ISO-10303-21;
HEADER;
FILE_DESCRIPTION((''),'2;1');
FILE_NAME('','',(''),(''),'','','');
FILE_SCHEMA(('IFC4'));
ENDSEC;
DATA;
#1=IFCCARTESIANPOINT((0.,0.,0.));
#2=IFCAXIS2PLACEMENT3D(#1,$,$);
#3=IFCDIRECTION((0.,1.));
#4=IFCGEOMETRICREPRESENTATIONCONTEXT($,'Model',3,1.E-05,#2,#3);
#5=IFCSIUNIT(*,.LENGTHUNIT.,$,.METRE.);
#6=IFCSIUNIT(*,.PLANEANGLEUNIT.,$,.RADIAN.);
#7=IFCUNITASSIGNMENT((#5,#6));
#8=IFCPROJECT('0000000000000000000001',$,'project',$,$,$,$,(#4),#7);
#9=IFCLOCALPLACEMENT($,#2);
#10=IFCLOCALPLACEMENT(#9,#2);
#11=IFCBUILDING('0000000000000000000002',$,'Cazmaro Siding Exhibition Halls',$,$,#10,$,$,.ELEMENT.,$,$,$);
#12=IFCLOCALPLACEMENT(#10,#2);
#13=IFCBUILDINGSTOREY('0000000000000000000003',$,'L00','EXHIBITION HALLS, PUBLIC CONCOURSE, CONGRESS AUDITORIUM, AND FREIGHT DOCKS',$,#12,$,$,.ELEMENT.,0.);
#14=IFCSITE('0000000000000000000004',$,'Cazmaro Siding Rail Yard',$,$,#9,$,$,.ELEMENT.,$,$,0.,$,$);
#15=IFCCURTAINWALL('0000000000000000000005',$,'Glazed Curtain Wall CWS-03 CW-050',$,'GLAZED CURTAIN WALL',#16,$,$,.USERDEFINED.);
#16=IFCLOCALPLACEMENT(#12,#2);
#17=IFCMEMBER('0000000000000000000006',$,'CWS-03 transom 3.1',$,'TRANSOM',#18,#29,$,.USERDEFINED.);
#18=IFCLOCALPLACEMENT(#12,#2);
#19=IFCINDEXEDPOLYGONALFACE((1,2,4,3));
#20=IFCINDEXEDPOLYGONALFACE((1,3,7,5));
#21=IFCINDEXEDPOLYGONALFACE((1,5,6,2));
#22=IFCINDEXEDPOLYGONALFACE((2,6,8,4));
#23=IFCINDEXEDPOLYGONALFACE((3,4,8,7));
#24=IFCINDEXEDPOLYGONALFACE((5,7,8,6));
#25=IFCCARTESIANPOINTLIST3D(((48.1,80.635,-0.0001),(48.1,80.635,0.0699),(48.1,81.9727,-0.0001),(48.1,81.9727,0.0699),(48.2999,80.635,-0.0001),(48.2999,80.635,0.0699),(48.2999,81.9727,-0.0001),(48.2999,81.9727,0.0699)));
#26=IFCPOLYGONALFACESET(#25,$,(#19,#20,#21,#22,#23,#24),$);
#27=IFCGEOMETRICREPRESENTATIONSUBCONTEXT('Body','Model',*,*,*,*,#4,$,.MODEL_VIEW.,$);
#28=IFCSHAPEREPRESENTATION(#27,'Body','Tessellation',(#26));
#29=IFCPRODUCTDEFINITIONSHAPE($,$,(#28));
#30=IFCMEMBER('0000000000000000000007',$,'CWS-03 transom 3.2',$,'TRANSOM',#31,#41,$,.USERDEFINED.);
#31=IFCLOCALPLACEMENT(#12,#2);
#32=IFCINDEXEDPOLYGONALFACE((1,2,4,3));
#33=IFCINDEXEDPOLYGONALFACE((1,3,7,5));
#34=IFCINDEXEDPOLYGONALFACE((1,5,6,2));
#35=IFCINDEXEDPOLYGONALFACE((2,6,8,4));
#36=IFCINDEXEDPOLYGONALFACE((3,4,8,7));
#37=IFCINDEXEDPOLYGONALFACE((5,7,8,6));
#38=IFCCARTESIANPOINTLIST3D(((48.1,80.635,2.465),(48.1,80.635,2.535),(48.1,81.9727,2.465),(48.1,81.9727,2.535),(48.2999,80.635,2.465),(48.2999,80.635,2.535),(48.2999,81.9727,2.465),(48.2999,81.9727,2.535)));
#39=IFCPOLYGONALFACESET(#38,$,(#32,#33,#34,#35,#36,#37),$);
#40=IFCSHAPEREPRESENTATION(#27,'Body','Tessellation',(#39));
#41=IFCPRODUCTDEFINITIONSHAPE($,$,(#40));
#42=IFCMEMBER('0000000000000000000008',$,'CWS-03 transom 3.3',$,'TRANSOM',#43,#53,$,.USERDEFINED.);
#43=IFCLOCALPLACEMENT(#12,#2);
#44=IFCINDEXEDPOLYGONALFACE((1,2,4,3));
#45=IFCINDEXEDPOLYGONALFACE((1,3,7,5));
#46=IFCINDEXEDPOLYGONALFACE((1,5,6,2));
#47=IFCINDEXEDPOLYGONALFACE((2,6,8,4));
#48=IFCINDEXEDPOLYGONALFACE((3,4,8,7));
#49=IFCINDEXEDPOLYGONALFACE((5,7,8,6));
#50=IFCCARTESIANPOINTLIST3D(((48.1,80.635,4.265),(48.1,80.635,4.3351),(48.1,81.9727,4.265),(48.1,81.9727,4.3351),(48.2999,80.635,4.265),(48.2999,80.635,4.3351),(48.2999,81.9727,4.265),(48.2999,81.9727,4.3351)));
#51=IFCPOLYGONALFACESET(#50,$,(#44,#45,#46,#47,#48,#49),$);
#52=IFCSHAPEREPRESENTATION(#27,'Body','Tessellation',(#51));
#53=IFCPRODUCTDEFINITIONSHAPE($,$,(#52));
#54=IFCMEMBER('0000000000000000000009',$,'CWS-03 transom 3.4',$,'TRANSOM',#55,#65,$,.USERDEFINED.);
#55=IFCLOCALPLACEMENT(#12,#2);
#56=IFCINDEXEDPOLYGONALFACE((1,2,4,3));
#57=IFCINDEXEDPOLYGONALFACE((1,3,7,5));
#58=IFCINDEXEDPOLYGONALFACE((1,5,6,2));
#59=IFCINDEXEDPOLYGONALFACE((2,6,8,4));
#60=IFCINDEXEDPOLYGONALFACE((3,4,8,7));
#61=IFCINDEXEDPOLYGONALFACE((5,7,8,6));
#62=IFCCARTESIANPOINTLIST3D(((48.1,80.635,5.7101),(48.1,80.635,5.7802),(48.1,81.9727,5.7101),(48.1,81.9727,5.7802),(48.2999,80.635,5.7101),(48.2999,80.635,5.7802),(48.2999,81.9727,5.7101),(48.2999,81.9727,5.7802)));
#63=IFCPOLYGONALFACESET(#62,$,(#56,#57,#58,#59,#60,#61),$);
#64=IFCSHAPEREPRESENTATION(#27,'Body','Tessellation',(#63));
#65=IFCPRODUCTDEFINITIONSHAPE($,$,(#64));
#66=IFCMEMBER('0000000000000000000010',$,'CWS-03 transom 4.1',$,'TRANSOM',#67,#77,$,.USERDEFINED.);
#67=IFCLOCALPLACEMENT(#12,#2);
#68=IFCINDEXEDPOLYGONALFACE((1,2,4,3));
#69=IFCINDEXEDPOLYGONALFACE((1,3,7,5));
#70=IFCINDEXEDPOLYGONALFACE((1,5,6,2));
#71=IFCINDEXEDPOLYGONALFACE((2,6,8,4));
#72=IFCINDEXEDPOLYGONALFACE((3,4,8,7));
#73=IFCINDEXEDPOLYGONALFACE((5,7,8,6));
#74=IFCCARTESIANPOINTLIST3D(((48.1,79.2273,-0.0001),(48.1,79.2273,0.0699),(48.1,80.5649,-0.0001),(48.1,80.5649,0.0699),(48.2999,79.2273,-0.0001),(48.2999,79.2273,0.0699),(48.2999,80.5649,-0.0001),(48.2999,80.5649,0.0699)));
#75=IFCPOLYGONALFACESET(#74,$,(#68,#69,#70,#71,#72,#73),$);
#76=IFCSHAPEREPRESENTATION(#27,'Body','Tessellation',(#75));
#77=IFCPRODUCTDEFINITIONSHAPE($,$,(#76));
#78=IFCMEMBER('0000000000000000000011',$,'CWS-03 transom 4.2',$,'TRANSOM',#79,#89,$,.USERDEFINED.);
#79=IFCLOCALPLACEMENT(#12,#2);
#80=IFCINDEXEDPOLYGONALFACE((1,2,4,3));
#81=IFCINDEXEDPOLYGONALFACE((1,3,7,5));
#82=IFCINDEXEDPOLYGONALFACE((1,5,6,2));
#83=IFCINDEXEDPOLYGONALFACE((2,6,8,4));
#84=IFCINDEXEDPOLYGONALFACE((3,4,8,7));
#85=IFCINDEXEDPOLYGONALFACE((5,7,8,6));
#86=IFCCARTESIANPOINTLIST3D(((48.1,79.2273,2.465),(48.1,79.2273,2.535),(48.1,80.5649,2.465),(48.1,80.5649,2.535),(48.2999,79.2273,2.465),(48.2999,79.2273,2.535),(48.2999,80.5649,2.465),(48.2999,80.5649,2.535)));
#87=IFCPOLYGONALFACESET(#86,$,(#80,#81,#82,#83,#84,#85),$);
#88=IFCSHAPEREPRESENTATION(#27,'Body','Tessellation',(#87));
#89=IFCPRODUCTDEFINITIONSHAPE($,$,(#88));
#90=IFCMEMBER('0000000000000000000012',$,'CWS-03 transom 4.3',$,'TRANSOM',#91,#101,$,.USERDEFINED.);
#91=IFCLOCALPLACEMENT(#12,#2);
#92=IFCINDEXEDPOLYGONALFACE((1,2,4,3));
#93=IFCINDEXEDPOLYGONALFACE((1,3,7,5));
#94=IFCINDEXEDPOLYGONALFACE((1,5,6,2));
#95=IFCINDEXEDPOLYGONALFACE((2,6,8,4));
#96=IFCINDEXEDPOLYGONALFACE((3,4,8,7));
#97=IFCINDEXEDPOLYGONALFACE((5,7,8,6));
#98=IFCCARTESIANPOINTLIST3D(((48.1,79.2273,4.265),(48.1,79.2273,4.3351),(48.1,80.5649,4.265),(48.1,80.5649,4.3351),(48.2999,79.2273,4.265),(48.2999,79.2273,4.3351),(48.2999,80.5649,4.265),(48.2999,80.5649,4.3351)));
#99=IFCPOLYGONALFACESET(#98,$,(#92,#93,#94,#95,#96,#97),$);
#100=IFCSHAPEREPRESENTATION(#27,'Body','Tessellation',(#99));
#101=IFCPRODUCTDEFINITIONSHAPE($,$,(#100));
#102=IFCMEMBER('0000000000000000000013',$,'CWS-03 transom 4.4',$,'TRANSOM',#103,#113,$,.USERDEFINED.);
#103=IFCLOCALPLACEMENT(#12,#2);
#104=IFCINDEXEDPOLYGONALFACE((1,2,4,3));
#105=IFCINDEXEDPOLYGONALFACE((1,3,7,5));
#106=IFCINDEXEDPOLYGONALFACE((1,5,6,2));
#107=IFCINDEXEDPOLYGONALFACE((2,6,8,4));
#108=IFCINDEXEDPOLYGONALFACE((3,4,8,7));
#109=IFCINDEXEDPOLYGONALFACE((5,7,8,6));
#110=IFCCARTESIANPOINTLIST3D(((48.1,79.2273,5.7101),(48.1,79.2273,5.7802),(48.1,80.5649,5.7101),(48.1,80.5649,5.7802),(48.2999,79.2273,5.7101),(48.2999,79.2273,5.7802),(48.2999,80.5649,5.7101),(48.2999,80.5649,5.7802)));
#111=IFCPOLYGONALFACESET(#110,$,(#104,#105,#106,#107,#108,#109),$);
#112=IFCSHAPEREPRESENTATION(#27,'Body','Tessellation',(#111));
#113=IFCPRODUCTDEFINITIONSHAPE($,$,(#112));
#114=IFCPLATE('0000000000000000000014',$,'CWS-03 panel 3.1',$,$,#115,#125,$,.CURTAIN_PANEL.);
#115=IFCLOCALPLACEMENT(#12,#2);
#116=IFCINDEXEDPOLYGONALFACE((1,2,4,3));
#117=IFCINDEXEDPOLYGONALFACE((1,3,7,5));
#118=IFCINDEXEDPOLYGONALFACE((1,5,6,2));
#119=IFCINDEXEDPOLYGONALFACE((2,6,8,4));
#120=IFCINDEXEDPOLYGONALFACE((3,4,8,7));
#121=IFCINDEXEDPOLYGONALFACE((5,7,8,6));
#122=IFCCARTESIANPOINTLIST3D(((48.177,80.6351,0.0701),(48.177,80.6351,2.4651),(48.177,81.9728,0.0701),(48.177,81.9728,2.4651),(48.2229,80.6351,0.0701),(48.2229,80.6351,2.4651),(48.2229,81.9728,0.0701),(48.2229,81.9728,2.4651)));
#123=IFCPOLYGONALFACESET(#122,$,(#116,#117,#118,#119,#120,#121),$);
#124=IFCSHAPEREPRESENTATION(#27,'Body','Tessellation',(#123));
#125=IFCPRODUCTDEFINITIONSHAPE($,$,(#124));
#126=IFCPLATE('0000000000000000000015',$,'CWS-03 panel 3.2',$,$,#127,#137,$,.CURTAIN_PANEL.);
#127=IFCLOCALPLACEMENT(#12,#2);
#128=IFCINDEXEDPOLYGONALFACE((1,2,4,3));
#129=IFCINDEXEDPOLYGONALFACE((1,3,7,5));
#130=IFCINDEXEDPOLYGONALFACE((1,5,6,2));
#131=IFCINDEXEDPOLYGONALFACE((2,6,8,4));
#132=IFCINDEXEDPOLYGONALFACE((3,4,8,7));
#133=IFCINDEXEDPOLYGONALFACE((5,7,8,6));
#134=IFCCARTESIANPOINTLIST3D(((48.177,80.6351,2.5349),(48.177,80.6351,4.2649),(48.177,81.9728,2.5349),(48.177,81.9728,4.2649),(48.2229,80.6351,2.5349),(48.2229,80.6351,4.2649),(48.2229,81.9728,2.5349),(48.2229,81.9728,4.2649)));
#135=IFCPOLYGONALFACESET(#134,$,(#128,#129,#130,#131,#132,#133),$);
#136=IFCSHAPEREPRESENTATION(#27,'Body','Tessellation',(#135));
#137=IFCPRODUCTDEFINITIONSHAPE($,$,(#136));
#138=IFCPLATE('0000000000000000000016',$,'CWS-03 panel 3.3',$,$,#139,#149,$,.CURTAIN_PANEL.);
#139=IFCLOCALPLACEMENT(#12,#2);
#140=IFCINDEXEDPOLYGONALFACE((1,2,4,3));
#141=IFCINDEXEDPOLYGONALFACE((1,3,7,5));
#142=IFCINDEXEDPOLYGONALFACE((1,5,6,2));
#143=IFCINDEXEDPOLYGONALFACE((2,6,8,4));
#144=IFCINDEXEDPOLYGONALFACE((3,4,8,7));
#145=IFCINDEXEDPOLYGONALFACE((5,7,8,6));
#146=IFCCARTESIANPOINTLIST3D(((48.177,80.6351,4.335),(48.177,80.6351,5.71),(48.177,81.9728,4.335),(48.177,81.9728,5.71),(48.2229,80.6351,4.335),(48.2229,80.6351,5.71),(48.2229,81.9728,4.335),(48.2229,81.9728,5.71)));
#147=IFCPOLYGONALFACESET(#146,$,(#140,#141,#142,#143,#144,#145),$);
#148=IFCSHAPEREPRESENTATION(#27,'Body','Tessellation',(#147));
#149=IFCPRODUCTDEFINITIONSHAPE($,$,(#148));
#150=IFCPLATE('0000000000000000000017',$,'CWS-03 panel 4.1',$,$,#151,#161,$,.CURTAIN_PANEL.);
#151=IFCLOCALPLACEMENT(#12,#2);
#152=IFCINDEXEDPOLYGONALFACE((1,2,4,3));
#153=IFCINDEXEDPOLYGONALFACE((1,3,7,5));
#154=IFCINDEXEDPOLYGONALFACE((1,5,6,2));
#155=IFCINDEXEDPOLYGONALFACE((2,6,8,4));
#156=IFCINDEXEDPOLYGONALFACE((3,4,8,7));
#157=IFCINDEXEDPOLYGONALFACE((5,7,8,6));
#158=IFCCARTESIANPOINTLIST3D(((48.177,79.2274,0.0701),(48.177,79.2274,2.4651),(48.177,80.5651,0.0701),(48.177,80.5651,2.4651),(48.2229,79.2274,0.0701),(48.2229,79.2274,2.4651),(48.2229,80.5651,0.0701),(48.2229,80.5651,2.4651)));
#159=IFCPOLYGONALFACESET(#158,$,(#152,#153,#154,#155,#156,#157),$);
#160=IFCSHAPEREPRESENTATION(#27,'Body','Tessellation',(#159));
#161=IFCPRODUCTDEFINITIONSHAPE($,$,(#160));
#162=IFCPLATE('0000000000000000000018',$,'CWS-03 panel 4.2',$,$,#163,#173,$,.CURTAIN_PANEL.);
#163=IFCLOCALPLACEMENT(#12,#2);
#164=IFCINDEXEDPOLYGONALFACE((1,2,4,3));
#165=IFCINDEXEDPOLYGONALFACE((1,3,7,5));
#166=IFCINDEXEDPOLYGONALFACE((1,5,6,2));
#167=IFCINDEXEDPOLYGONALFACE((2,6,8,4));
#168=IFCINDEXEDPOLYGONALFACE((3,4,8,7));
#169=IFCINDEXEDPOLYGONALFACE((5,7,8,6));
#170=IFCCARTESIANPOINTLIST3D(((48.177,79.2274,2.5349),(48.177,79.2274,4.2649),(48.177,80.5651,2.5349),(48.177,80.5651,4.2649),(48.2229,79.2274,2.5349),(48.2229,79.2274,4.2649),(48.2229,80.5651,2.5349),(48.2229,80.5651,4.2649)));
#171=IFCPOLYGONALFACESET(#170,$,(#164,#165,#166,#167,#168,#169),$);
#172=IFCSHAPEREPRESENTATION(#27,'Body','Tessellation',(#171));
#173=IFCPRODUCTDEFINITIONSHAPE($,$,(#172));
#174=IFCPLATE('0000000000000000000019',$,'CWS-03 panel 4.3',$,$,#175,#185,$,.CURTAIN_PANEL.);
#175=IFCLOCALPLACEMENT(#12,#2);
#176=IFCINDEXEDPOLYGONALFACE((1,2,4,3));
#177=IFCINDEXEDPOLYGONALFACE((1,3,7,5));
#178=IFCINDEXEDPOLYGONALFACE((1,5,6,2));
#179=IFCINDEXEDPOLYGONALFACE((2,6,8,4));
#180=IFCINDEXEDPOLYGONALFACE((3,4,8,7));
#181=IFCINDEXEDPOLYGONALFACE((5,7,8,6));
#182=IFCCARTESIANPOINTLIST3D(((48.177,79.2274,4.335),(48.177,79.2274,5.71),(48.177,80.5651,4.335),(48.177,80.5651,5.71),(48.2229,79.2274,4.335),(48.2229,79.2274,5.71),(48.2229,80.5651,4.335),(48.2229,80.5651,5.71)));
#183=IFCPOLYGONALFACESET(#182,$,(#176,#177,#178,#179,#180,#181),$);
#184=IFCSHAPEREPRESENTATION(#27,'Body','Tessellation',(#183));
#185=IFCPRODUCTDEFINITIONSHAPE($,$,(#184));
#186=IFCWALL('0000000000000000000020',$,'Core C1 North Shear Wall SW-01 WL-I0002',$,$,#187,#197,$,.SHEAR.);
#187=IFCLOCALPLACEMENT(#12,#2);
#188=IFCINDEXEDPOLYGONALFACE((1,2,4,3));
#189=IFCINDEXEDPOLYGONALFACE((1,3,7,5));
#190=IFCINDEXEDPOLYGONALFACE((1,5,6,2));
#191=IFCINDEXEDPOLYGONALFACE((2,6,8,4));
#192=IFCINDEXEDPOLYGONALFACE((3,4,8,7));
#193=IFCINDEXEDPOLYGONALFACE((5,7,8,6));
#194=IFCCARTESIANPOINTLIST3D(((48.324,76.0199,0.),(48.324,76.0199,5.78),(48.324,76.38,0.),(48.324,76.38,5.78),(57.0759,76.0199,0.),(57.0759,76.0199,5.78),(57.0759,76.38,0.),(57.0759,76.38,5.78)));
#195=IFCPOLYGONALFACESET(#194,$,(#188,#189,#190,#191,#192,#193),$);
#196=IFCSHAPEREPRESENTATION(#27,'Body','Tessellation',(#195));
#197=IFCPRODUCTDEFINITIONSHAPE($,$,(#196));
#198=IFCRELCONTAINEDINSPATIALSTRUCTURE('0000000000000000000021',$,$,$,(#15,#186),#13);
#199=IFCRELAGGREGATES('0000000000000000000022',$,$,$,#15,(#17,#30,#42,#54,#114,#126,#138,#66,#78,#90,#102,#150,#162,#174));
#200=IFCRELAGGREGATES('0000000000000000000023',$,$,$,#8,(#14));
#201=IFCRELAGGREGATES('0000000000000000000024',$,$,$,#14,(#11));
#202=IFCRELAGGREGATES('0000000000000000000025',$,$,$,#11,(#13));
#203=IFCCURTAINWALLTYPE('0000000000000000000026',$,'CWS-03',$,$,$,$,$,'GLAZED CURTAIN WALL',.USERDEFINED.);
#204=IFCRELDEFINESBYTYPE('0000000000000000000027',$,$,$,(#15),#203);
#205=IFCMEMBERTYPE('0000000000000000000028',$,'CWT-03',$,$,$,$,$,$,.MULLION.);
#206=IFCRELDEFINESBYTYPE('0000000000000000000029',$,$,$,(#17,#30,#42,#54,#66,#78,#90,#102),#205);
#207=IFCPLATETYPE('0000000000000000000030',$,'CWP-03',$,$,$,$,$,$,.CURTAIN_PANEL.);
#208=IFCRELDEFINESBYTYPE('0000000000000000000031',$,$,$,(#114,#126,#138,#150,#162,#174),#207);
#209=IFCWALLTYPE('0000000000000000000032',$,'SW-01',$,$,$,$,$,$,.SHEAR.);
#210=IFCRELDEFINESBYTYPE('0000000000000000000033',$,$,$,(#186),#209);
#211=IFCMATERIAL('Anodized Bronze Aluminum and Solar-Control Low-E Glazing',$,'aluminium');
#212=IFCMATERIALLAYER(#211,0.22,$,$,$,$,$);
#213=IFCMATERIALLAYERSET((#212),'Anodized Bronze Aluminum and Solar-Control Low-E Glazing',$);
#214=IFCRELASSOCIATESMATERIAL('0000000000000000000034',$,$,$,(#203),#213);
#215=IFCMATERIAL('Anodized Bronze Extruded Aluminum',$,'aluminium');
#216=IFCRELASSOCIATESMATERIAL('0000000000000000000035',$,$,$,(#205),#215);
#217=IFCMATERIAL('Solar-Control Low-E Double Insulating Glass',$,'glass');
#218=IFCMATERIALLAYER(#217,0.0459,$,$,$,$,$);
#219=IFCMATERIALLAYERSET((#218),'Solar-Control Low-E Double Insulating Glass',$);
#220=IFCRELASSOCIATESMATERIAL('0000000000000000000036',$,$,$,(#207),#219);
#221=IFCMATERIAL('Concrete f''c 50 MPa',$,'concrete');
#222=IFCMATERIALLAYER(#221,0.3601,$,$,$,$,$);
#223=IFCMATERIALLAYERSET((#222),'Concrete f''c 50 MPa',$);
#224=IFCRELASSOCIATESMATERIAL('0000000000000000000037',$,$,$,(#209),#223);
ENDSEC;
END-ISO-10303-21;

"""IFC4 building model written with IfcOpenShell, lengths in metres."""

from ifc_helpers import new_model, si_unit, direction, frame, frame_2d, origin, origin_2d, place, context, subcontext, project, spatial, rectangle, extrude, material, layer, layer_set, material_profile, profile_set, type_object, element, aggregate, save


model = new_model("IFC4")

# Units and contexts
model_context = context("Model", 3, precision=1e-05, world=origin(), true_north=direction((0.0, 1.0)))
body_context = subcontext(model_context, "Body", "Model", "MODEL_VIEW")
ifc_project = project(units=[si_unit("LENGTHUNIT", "METRE"), si_unit("PLANEANGLEUNIT", "RADIAN")], contexts=[model_context])

# Site, building, storey
site_placement = place(None, origin())
site = spatial("IfcSite", under=ifc_project, at=site_placement, Name="Cazmaro Siding Rail Yard", CompositionType="ELEMENT", RefElevation=0.0)
building_placement = place(site_placement, origin())
building = spatial("IfcBuilding", under=site, at=building_placement, Name="Cazmaro Siding Exhibition Halls", CompositionType="ELEMENT")
storey_placement = place(building_placement, origin())
storey = spatial("IfcBuildingStorey", under=building, at=storey_placement, Name="L00", Description="EXHIBITION HALLS, PUBLIC CONCOURSE, CONGRESS AUDITORIUM, AND FREIGHT DOCKS", CompositionType="ELEMENT", Elevation=0.0)

# Curtain wall, members, plates
ifc_material_1 = material(Name="Anodized Bronze Aluminum and Solar-Control Low-E Glazing", Category="aluminium")
ifc_layer_1 = layer(ifc_material_1, 0.22)
ifc_layer_set_1 = layer_set([ifc_layer_1], Name="Anodized Bronze Aluminum and Solar-Control Low-E Glazing")
curtain_wall_type = type_object("IfcCurtainWallType", Name="CWS-03", ElementType="GLAZED CURTAIN WALL", PredefinedType="USERDEFINED", material=ifc_layer_set_1)
curtain_wall_placement = place(storey_placement, origin())
curtain_wall = element("IfcCurtainWall", 1, at=curtain_wall_placement, inside=storey, type_object=curtain_wall_type, Name="Glazed Curtain Wall CWS-03 CW-050", ObjectType="GLAZED CURTAIN WALL", PredefinedType="USERDEFINED")
ifc_material_2 = material(Name="Anodized Bronze Extruded Aluminum", Category="aluminium")
ifc_material_profile_1 = material_profile(ifc_material_2, rectangle(XDim=0.2, YDim=0.0701, at=origin_2d()), Name="CWT-03")
ifc_profile_set_1 = profile_set([ifc_material_profile_1], Name="Anodized Bronze Extruded Aluminum")
member_type_1 = type_object("IfcMemberType", Name="CWT-03", PredefinedType="MULLION", material=ifc_profile_set_1)
member_1_placement = place(storey_placement, frame((48.2, 81.9727, 0.0349), z_axis=(0.0, -1.0, 0.0), x_axis=(1.0, 0.0, 0.0)))
member_1 = element("IfcMember", 2, at=member_1_placement, type_object=member_type_1, Name="CWS-03 transom 3.1", ObjectType="TRANSOM", PredefinedType="USERDEFINED", context=body_context, shape_type="SweptSolid", body=[
    extrude(rectangle(XDim=0.2, YDim=0.0701, at=origin_2d()), origin(), (0.0, 0.0, 1.0), 1.3376),
])
member_2_placement = place(storey_placement, frame((48.2, 81.9727, 2.5), z_axis=(0.0, -1.0, 0.0), x_axis=(1.0, 0.0, 0.0)))
member_2 = element("IfcMember", 3, at=member_2_placement, type_object=member_type_1, Name="CWS-03 transom 3.2", ObjectType="TRANSOM", PredefinedType="USERDEFINED", context=body_context, shape_type="SweptSolid", body=[
    extrude(rectangle(XDim=0.2, YDim=0.0701, at=origin_2d()), origin(), (0.0, 0.0, 1.0), 1.3376),
])
member_3_placement = place(storey_placement, frame((48.2, 81.9727, 4.3), z_axis=(0.0, -1.0, 0.0), x_axis=(1.0, 0.0, 0.0)))
member_3 = element("IfcMember", 4, at=member_3_placement, type_object=member_type_1, Name="CWS-03 transom 3.3", ObjectType="TRANSOM", PredefinedType="USERDEFINED", context=body_context, shape_type="SweptSolid", body=[
    extrude(rectangle(XDim=0.2, YDim=0.0701, at=origin_2d()), origin(), (0.0, 0.0, 1.0), 1.3376),
])
member_4_placement = place(storey_placement, frame((48.2, 81.9727, 5.7451), z_axis=(0.0, -1.0, 0.0), x_axis=(1.0, 0.0, 0.0)))
member_4 = element("IfcMember", 5, at=member_4_placement, type_object=member_type_1, Name="CWS-03 transom 3.4", ObjectType="TRANSOM", PredefinedType="USERDEFINED", context=body_context, shape_type="SweptSolid", body=[
    extrude(rectangle(XDim=0.2, YDim=0.0701, at=origin_2d()), origin(), (0.0, 0.0, 1.0), 1.3376),
])
member_5_placement = place(storey_placement, frame((48.2, 80.5649, 0.0349), z_axis=(0.0, -1.0, 0.0), x_axis=(1.0, 0.0, 0.0)))
member_5 = element("IfcMember", 6, at=member_5_placement, type_object=member_type_1, Name="CWS-03 transom 4.1", ObjectType="TRANSOM", PredefinedType="USERDEFINED", context=body_context, shape_type="SweptSolid", body=[
    extrude(rectangle(XDim=0.2, YDim=0.0701, at=origin_2d()), origin(), (0.0, 0.0, 1.0), 1.3376),
])
member_6_placement = place(storey_placement, frame((48.2, 80.5649, 2.5), z_axis=(0.0, -1.0, 0.0), x_axis=(1.0, 0.0, 0.0)))
member_6 = element("IfcMember", 7, at=member_6_placement, type_object=member_type_1, Name="CWS-03 transom 4.2", ObjectType="TRANSOM", PredefinedType="USERDEFINED", context=body_context, shape_type="SweptSolid", body=[
    extrude(rectangle(XDim=0.2, YDim=0.0701, at=origin_2d()), origin(), (0.0, 0.0, 1.0), 1.3376),
])
member_7_placement = place(storey_placement, frame((48.2, 80.5649, 4.3), z_axis=(0.0, -1.0, 0.0), x_axis=(1.0, 0.0, 0.0)))
member_7 = element("IfcMember", 8, at=member_7_placement, type_object=member_type_1, Name="CWS-03 transom 4.3", ObjectType="TRANSOM", PredefinedType="USERDEFINED", context=body_context, shape_type="SweptSolid", body=[
    extrude(rectangle(XDim=0.2, YDim=0.0701, at=origin_2d()), origin(), (0.0, 0.0, 1.0), 1.3376),
])
member_8_placement = place(storey_placement, frame((48.2, 80.5649, 5.7451), z_axis=(0.0, -1.0, 0.0), x_axis=(1.0, 0.0, 0.0)))
member_8 = element("IfcMember", 9, at=member_8_placement, type_object=member_type_1, Name="CWS-03 transom 4.4", ObjectType="TRANSOM", PredefinedType="USERDEFINED", context=body_context, shape_type="SweptSolid", body=[
    extrude(rectangle(XDim=0.2, YDim=0.0701, at=origin_2d()), origin(), (0.0, 0.0, 1.0), 1.3376),
])
ifc_material_3 = material(Name="Solar-Control Low-E Double Insulating Glass", Category="glass")
ifc_layer_2 = layer(ifc_material_3, 0.0459)
ifc_layer_set_2 = layer_set([ifc_layer_2], Name="Solar-Control Low-E Double Insulating Glass")
plate_type = type_object("IfcPlateType", Name="CWP-03", PredefinedType="CURTAIN_PANEL", material=ifc_layer_set_2)
plate_1_placement = place(storey_placement, frame((48.2, 81.304, 0.0701), z_axis=(0.0, 0.0, 1.0), x_axis=(0.0, -1.0, 0.0)))
plate_1 = element("IfcPlate", 10, at=plate_1_placement, type_object=plate_type, Name="CWS-03 panel 3.1", PredefinedType="CURTAIN_PANEL", context=body_context, shape_type="SweptSolid", body=[
    extrude(rectangle(XDim=1.3376, YDim=0.0459, at=origin_2d()), origin(), (0.0, 0.0, 1.0), 2.395),
])
plate_2_placement = place(storey_placement, frame((48.2, 81.304, 2.5349), z_axis=(0.0, 0.0, 1.0), x_axis=(0.0, -1.0, 0.0)))
plate_2 = element("IfcPlate", 11, at=plate_2_placement, type_object=plate_type, Name="CWS-03 panel 3.2", PredefinedType="CURTAIN_PANEL", context=body_context, shape_type="SweptSolid", body=[
    extrude(rectangle(XDim=1.3376, YDim=0.0459, at=origin_2d()), origin(), (0.0, 0.0, 1.0), 1.73),
])
plate_3_placement = place(storey_placement, frame((48.2, 81.304, 4.335), z_axis=(0.0, 0.0, 1.0), x_axis=(0.0, -1.0, 0.0)))
plate_3 = element("IfcPlate", 12, at=plate_3_placement, type_object=plate_type, Name="CWS-03 panel 3.3", PredefinedType="CURTAIN_PANEL", context=body_context, shape_type="SweptSolid", body=[
    extrude(rectangle(XDim=1.3376, YDim=0.0459, at=origin_2d()), origin(), (0.0, 0.0, 1.0), 1.375),
])
plate_4_placement = place(storey_placement, frame((48.2, 79.8962, 0.0701), z_axis=(0.0, 0.0, 1.0), x_axis=(0.0, -1.0, 0.0)))
plate_4 = element("IfcPlate", 13, at=plate_4_placement, type_object=plate_type, Name="CWS-03 panel 4.1", PredefinedType="CURTAIN_PANEL", context=body_context, shape_type="SweptSolid", body=[
    extrude(rectangle(XDim=1.3376, YDim=0.0459, at=origin_2d()), origin(), (0.0, 0.0, 1.0), 2.395),
])
plate_5_placement = place(storey_placement, frame((48.2, 79.8962, 2.5349), z_axis=(0.0, 0.0, 1.0), x_axis=(0.0, -1.0, 0.0)))
plate_5 = element("IfcPlate", 14, at=plate_5_placement, type_object=plate_type, Name="CWS-03 panel 4.2", PredefinedType="CURTAIN_PANEL", context=body_context, shape_type="SweptSolid", body=[
    extrude(rectangle(XDim=1.3376, YDim=0.0459, at=origin_2d()), origin(), (0.0, 0.0, 1.0), 1.73),
])
plate_6_placement = place(storey_placement, frame((48.2, 79.8962, 4.335), z_axis=(0.0, 0.0, 1.0), x_axis=(0.0, -1.0, 0.0)))
plate_6 = element("IfcPlate", 15, at=plate_6_placement, type_object=plate_type, Name="CWS-03 panel 4.3", PredefinedType="CURTAIN_PANEL", context=body_context, shape_type="SweptSolid", body=[
    extrude(rectangle(XDim=1.3376, YDim=0.0459, at=origin_2d()), origin(), (0.0, 0.0, 1.0), 1.375),
])
aggregate(curtain_wall, [member_1, member_2, member_3, member_4, plate_1, plate_2, plate_3, member_5, member_6, member_7, member_8, plate_4, plate_5, plate_6])

# Wall
ifc_material_4 = material(Name="Concrete f'c 50 MPa", Category="concrete")
ifc_layer_3 = layer(ifc_material_4, 0.3601)
ifc_layer_set_3 = layer_set([ifc_layer_3], Name="Concrete f'c 50 MPa")
wall_type_1 = type_object("IfcWallType", Name="SW-01", PredefinedType="SHEAR", material=ifc_layer_set_3)
wall_1_placement = place(storey_placement, frame((48.324, 76.2, 0.0), z_axis=(0.0, 0.0, 1.0), x_axis=(1.0, 0.0, 0.0)))
element("IfcWall", 16, at=wall_1_placement, inside=storey, type_object=wall_type_1, Name="Core C1 North Shear Wall SW-01 WL-I0002", PredefinedType="SHEAR", context=body_context, shape_type="SweptSolid", body=[
    extrude(rectangle(XDim=8.752, YDim=0.3601, at=frame_2d((4.376, 0.0))), origin(), (0.0, 0.0, 1.0), 5.78),
])

save(model, "model.ifc")
